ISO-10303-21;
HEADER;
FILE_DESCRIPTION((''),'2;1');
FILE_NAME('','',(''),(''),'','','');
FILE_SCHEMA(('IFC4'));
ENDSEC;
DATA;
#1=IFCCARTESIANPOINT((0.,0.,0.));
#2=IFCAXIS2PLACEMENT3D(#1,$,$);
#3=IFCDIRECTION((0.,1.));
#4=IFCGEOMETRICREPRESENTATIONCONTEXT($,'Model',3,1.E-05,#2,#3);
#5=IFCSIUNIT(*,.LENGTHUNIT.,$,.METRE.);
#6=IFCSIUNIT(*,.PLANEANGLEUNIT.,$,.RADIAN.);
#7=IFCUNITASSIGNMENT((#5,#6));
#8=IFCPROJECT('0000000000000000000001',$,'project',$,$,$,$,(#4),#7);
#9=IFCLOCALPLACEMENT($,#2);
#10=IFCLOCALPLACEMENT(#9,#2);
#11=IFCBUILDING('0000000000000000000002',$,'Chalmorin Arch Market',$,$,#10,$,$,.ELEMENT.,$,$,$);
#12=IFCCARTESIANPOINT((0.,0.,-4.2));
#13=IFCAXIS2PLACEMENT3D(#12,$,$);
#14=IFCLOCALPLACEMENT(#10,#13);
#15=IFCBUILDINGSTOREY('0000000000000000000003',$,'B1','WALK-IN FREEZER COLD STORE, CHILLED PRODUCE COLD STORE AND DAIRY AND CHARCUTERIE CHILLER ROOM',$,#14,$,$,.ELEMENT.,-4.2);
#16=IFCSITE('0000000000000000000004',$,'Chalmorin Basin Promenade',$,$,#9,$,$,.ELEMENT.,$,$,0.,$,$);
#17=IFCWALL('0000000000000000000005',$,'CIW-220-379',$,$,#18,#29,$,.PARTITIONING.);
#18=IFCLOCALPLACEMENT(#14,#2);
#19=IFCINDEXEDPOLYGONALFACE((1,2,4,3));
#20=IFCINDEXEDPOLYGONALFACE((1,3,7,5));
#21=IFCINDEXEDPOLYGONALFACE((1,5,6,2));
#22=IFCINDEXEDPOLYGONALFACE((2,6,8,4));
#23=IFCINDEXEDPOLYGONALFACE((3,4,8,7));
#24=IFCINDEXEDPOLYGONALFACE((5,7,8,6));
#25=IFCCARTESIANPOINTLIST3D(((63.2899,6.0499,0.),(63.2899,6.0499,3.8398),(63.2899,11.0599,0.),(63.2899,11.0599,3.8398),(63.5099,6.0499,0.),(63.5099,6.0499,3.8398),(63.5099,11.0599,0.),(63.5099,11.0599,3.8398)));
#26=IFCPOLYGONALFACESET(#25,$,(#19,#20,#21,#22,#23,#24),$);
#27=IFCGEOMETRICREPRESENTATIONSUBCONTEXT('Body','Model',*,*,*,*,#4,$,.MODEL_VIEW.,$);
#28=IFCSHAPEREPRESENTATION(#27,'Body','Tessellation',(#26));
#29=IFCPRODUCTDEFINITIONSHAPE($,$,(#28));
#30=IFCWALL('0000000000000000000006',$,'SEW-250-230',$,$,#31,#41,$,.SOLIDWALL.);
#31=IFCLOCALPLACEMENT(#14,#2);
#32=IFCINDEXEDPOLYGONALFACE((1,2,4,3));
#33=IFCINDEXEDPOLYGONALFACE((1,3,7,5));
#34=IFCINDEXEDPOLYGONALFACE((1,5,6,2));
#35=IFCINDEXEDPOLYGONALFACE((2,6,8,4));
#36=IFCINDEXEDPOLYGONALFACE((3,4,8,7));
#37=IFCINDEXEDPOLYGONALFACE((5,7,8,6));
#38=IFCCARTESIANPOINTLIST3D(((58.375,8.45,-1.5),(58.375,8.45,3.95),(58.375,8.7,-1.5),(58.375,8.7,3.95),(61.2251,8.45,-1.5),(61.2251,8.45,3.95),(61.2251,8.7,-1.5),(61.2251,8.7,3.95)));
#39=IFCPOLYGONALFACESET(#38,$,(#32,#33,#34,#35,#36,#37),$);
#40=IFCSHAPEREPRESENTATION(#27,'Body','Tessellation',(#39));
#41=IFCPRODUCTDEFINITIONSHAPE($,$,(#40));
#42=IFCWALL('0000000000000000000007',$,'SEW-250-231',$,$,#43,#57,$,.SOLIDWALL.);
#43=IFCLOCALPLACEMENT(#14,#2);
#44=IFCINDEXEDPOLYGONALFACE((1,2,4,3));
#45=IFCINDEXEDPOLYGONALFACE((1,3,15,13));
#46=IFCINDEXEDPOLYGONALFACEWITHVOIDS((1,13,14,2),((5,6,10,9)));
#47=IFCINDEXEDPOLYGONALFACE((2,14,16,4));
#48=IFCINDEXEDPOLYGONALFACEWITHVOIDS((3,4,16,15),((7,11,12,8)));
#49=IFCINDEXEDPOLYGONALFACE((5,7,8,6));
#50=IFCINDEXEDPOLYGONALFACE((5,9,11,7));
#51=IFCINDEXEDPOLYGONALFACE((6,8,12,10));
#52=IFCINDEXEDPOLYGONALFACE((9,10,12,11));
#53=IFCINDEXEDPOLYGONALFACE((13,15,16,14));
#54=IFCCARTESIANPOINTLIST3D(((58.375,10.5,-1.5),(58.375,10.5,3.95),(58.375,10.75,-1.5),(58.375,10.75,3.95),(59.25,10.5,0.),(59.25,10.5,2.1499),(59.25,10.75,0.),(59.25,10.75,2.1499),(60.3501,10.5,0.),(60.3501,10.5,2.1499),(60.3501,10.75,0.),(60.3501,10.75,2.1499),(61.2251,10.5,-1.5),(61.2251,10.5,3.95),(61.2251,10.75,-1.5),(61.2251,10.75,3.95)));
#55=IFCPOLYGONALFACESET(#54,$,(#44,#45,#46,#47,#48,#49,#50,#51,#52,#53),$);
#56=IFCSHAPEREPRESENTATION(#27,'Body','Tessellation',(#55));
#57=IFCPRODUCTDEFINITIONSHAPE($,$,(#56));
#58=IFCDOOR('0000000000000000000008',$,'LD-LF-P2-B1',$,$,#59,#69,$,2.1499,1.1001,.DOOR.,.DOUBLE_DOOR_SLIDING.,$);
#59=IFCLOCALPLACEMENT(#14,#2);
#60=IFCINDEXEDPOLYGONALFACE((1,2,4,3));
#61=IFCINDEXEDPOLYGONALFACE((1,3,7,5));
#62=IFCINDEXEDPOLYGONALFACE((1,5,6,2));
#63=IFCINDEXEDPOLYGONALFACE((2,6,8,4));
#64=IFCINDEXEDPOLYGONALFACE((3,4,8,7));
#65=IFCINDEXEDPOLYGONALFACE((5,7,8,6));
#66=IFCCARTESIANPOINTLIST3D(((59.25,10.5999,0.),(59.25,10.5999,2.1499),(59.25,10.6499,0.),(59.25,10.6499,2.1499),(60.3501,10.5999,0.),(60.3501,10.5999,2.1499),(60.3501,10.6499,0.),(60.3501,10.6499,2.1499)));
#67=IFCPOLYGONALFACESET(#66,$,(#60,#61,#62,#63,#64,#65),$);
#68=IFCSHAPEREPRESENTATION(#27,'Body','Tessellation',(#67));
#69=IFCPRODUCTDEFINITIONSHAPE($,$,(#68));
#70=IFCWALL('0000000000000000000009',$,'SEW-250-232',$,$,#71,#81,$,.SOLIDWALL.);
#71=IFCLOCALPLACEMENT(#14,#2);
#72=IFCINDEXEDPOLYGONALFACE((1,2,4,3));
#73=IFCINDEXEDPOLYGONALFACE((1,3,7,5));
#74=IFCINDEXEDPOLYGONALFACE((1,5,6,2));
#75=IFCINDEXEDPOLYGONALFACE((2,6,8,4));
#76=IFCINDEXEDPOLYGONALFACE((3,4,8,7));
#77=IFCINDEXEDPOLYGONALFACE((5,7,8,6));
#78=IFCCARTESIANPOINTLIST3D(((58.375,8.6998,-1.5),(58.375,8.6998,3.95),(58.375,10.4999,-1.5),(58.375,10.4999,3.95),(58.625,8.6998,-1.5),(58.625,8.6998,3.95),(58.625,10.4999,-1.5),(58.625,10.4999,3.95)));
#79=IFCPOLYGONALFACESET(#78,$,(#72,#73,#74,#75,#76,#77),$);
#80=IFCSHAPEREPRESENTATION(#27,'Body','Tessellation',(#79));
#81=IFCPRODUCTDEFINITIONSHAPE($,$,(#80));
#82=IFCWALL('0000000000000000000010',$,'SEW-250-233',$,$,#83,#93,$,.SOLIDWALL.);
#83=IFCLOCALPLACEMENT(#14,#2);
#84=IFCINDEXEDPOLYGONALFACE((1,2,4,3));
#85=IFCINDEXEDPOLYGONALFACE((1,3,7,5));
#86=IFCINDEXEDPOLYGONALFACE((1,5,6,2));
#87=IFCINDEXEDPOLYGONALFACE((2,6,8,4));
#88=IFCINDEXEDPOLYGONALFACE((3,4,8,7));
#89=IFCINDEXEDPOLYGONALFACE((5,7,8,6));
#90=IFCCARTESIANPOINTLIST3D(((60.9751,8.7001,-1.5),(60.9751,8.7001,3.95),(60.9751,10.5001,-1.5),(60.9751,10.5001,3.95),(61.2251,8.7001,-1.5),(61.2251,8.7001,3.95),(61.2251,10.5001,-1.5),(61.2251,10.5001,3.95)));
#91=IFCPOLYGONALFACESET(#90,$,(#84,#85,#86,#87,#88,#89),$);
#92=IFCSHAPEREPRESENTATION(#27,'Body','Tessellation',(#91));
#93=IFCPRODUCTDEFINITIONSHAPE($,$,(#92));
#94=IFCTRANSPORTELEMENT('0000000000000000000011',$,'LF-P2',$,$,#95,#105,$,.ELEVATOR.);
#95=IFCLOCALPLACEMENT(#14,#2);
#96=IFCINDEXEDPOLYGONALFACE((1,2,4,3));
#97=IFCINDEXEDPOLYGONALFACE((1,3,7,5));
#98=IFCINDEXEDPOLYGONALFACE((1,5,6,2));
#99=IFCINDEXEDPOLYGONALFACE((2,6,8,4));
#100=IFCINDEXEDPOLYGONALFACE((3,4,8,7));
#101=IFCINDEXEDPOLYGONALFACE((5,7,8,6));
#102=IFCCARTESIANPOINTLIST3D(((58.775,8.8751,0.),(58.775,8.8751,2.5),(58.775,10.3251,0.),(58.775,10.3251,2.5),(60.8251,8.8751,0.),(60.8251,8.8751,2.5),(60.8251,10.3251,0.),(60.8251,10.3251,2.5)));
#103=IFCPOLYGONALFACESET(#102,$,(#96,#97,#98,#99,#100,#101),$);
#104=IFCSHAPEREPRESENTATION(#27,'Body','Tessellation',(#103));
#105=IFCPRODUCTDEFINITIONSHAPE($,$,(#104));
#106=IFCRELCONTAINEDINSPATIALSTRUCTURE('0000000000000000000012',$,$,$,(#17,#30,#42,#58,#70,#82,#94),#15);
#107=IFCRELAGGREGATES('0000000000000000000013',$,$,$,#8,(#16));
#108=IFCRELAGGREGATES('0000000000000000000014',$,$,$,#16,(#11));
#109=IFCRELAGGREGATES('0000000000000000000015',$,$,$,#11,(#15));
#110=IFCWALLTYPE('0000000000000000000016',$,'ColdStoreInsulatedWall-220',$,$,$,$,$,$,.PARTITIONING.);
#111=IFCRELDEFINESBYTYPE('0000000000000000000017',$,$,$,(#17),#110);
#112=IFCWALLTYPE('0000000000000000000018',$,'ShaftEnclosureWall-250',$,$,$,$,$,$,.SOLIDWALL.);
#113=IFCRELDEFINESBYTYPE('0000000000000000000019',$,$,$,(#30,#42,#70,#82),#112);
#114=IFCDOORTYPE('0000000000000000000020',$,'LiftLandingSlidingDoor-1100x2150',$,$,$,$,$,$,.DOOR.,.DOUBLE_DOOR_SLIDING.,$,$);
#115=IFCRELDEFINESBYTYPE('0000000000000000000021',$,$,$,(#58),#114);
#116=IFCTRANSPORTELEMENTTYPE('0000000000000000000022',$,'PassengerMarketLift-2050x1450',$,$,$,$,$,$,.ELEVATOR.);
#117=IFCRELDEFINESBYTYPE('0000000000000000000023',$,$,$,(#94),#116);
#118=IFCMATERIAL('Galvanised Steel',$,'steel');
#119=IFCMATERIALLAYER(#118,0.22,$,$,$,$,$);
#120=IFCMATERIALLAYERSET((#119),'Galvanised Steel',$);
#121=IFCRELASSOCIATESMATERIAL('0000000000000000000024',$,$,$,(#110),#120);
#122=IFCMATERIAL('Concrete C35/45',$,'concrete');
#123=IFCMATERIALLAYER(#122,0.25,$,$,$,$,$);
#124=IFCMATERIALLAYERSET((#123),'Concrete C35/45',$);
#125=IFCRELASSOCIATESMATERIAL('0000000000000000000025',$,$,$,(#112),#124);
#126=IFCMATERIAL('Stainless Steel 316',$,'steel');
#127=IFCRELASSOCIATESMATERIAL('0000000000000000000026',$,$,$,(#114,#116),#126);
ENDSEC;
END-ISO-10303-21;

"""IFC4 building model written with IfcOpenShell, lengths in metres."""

from ifc_helpers import new_model, si_unit, direction, frame, frame_2d, origin, origin_2d, place, context, subcontext, project, spatial, rectangle, extrude, material, layer, layer_set, type_object, element, fill, save


model = new_model("IFC4")

# Units and contexts
model_context = context("Model", 3, precision=1e-05, world=origin(), true_north=direction((0.0, 1.0)))
body_context = subcontext(model_context, "Body", "Model", "MODEL_VIEW")
ifc_project = project(units=[si_unit("LENGTHUNIT", "METRE"), si_unit("PLANEANGLEUNIT", "RADIAN")], contexts=[model_context])

# Site, building, storey
site_placement = place(None, origin())
site = spatial("IfcSite", under=ifc_project, at=site_placement, Name="Chalmorin Basin Promenade", CompositionType="ELEMENT", RefElevation=0.0)
building_placement = place(site_placement, origin())
building = spatial("IfcBuilding", under=site, at=building_placement, Name="Chalmorin Arch Market", CompositionType="ELEMENT")
storey_placement = place(building_placement, frame((0.0, 0.0, -4.2)))
storey = spatial("IfcBuildingStorey", under=building, at=storey_placement, Name="B1", Description="WALK-IN FREEZER COLD STORE, CHILLED PRODUCE COLD STORE AND DAIRY AND CHARCUTERIE CHILLER ROOM", CompositionType="ELEMENT", Elevation=-4.2)

# Shared definitions
ifc_material_1 = material(Name="Galvanised Steel", Category="steel")
ifc_layer_1 = layer(ifc_material_1, 0.22)
ifc_layer_set_1 = layer_set([ifc_layer_1], Name="Galvanised Steel")
wall_type_1 = type_object("IfcWallType", Name="ColdStoreInsulatedWall-220", PredefinedType="PARTITIONING", material=ifc_layer_set_1)
ifc_material_2 = material(Name="Stainless Steel 316", Category="steel")

# Walls
wall_1_placement = place(storey_placement, frame((63.3999, 6.05, 0.0), z_axis=(0.0, 0.0, 1.0), x_axis=(0.0, 1.0, 0.0)))
element("IfcWall", 1, at=wall_1_placement, inside=storey, type_object=wall_type_1, Name="CIW-220-379", PredefinedType="PARTITIONING", context=body_context, shape_type="SweptSolid", body=[
    extrude(rectangle(XDim=5.01, YDim=0.22, at=frame_2d((2.5049, 0.0))), origin(), (0.0, 0.0, 1.0), 3.8398),
])
ifc_material_3 = material(Name="Concrete C35/45", Category="concrete")
ifc_layer_2 = layer(ifc_material_3, 0.25)
ifc_layer_set_2 = layer_set([ifc_layer_2], Name="Concrete C35/45")
wall_type_2 = type_object("IfcWallType", Name="ShaftEnclosureWall-250", PredefinedType="SOLIDWALL", material=ifc_layer_set_2)
wall_2_placement = place(storey_placement, frame((61.2251, 8.575, -1.5), z_axis=(0.0, 0.0, 1.0), x_axis=(-1.0, 0.0, 0.0)))
element("IfcWall", 2, at=wall_2_placement, inside=storey, type_object=wall_type_2, Name="SEW-250-230", PredefinedType="SOLIDWALL", context=body_context, shape_type="SweptSolid", body=[
    extrude(rectangle(XDim=2.8501, YDim=0.25, at=frame_2d((1.425, 0.0))), origin(), (0.0, 0.0, 1.0), 5.45),
])

# Wall, opening, door
wall_3_placement = place(storey_placement, frame((58.375, 10.625, -1.5), z_axis=(0.0, 0.0, 1.0), x_axis=(1.0, 0.0, 0.0)))
wall_3 = element("IfcWall", 3, at=wall_3_placement, inside=storey, type_object=wall_type_2, Name="SEW-250-231", PredefinedType="SOLIDWALL", context=body_context, shape_type="SweptSolid", body=[
    extrude(rectangle(XDim=2.8501, YDim=0.25, at=frame_2d((1.425, 0.0))), origin(), (0.0, 0.0, 1.0), 5.45),
])
opening_1_placement = place(wall_3_placement, frame((0.875, 0.0, 1.5)))
opening_1 = element("IfcOpeningElement", 4, at=opening_1_placement, cuts=wall_3, PredefinedType="OPENING", context=body_context, shape_type="SweptSolid", body=[
    extrude(rectangle(XDim=1.1001, YDim=2.1499, at=frame_2d((0.55, 1.075))), frame((0.0, 0.135, 0.0), z_axis=(0.0, -1.0, 0.0), x_axis=(1.0, 0.0, 0.0)), (0.0, 0.0, 1.0), 0.27),
])
door_type_1 = type_object("IfcDoorType", Name="LiftLandingSlidingDoor-1100x2150", OperationType="DOUBLE_DOOR_SLIDING", PredefinedType="DOOR", material=ifc_material_2)
door_1_placement = place(opening_1_placement, origin())
door_1 = element("IfcDoor", 5, at=door_1_placement, inside=storey, type_object=door_type_1, Name="LD-LF-P2-B1", OperationType="DOUBLE_DOOR_SLIDING", OverallHeight=2.1499, OverallWidth=1.1001, PredefinedType="DOOR", context=body_context, shape_type="SweptSolid", body=[
    extrude(rectangle(XDim=1.1001, YDim=2.1499, at=frame_2d((0.55, 1.075))), frame((0.0, 0.0249, 0.0), z_axis=(0.0, -1.0, 0.0), x_axis=(1.0, 0.0, 0.0)), (0.0, 0.0, 1.0), 0.05),
])
fill(opening_1, door_1)

# Walls
for number, where, z_axis, x_axis, name in (
    (6, (58.5, 8.7, -1.5), (0.0, 0.0, 1.0), (0.0, 1.0, 0.0), "SEW-250-232"),
    (7, (61.1001, 10.5, -1.5), (0.0, 0.0, 1.0), (0.0, -1.0, 0.0), "SEW-250-233"),
):
    element("IfcWall", number, at=place(storey_placement, frame(where, z_axis=z_axis, x_axis=x_axis)), inside=storey, type_object=wall_type_2, Name=name, PredefinedType="SOLIDWALL", context=body_context, shape_type="SweptSolid", body=[
        extrude(rectangle(XDim=1.8, YDim=0.25, at=frame_2d((0.8999, 0.0))), origin(), (0.0, 0.0, 1.0), 5.45),
    ])

# Transport element
transport_element_type = type_object("IfcTransportElementType", Name="PassengerMarketLift-2050x1450", PredefinedType="ELEVATOR", material=ifc_material_2)
transport_element_placement = place(storey_placement, frame((59.8, 9.6001, 0.0), z_axis=(0.0, 0.0, 1.0), x_axis=(1.0, 0.0, 0.0)))
element("IfcTransportElement", 8, at=transport_element_placement, inside=storey, type_object=transport_element_type, Name="LF-P2", PredefinedType="ELEVATOR", context=body_context, shape_type="SweptSolid", body=[
    extrude(rectangle(XDim=2.05, YDim=1.45, at=origin_2d()), origin(), (0.0, 0.0, 1.0), 2.5),
])

save(model, "model.ifc")
